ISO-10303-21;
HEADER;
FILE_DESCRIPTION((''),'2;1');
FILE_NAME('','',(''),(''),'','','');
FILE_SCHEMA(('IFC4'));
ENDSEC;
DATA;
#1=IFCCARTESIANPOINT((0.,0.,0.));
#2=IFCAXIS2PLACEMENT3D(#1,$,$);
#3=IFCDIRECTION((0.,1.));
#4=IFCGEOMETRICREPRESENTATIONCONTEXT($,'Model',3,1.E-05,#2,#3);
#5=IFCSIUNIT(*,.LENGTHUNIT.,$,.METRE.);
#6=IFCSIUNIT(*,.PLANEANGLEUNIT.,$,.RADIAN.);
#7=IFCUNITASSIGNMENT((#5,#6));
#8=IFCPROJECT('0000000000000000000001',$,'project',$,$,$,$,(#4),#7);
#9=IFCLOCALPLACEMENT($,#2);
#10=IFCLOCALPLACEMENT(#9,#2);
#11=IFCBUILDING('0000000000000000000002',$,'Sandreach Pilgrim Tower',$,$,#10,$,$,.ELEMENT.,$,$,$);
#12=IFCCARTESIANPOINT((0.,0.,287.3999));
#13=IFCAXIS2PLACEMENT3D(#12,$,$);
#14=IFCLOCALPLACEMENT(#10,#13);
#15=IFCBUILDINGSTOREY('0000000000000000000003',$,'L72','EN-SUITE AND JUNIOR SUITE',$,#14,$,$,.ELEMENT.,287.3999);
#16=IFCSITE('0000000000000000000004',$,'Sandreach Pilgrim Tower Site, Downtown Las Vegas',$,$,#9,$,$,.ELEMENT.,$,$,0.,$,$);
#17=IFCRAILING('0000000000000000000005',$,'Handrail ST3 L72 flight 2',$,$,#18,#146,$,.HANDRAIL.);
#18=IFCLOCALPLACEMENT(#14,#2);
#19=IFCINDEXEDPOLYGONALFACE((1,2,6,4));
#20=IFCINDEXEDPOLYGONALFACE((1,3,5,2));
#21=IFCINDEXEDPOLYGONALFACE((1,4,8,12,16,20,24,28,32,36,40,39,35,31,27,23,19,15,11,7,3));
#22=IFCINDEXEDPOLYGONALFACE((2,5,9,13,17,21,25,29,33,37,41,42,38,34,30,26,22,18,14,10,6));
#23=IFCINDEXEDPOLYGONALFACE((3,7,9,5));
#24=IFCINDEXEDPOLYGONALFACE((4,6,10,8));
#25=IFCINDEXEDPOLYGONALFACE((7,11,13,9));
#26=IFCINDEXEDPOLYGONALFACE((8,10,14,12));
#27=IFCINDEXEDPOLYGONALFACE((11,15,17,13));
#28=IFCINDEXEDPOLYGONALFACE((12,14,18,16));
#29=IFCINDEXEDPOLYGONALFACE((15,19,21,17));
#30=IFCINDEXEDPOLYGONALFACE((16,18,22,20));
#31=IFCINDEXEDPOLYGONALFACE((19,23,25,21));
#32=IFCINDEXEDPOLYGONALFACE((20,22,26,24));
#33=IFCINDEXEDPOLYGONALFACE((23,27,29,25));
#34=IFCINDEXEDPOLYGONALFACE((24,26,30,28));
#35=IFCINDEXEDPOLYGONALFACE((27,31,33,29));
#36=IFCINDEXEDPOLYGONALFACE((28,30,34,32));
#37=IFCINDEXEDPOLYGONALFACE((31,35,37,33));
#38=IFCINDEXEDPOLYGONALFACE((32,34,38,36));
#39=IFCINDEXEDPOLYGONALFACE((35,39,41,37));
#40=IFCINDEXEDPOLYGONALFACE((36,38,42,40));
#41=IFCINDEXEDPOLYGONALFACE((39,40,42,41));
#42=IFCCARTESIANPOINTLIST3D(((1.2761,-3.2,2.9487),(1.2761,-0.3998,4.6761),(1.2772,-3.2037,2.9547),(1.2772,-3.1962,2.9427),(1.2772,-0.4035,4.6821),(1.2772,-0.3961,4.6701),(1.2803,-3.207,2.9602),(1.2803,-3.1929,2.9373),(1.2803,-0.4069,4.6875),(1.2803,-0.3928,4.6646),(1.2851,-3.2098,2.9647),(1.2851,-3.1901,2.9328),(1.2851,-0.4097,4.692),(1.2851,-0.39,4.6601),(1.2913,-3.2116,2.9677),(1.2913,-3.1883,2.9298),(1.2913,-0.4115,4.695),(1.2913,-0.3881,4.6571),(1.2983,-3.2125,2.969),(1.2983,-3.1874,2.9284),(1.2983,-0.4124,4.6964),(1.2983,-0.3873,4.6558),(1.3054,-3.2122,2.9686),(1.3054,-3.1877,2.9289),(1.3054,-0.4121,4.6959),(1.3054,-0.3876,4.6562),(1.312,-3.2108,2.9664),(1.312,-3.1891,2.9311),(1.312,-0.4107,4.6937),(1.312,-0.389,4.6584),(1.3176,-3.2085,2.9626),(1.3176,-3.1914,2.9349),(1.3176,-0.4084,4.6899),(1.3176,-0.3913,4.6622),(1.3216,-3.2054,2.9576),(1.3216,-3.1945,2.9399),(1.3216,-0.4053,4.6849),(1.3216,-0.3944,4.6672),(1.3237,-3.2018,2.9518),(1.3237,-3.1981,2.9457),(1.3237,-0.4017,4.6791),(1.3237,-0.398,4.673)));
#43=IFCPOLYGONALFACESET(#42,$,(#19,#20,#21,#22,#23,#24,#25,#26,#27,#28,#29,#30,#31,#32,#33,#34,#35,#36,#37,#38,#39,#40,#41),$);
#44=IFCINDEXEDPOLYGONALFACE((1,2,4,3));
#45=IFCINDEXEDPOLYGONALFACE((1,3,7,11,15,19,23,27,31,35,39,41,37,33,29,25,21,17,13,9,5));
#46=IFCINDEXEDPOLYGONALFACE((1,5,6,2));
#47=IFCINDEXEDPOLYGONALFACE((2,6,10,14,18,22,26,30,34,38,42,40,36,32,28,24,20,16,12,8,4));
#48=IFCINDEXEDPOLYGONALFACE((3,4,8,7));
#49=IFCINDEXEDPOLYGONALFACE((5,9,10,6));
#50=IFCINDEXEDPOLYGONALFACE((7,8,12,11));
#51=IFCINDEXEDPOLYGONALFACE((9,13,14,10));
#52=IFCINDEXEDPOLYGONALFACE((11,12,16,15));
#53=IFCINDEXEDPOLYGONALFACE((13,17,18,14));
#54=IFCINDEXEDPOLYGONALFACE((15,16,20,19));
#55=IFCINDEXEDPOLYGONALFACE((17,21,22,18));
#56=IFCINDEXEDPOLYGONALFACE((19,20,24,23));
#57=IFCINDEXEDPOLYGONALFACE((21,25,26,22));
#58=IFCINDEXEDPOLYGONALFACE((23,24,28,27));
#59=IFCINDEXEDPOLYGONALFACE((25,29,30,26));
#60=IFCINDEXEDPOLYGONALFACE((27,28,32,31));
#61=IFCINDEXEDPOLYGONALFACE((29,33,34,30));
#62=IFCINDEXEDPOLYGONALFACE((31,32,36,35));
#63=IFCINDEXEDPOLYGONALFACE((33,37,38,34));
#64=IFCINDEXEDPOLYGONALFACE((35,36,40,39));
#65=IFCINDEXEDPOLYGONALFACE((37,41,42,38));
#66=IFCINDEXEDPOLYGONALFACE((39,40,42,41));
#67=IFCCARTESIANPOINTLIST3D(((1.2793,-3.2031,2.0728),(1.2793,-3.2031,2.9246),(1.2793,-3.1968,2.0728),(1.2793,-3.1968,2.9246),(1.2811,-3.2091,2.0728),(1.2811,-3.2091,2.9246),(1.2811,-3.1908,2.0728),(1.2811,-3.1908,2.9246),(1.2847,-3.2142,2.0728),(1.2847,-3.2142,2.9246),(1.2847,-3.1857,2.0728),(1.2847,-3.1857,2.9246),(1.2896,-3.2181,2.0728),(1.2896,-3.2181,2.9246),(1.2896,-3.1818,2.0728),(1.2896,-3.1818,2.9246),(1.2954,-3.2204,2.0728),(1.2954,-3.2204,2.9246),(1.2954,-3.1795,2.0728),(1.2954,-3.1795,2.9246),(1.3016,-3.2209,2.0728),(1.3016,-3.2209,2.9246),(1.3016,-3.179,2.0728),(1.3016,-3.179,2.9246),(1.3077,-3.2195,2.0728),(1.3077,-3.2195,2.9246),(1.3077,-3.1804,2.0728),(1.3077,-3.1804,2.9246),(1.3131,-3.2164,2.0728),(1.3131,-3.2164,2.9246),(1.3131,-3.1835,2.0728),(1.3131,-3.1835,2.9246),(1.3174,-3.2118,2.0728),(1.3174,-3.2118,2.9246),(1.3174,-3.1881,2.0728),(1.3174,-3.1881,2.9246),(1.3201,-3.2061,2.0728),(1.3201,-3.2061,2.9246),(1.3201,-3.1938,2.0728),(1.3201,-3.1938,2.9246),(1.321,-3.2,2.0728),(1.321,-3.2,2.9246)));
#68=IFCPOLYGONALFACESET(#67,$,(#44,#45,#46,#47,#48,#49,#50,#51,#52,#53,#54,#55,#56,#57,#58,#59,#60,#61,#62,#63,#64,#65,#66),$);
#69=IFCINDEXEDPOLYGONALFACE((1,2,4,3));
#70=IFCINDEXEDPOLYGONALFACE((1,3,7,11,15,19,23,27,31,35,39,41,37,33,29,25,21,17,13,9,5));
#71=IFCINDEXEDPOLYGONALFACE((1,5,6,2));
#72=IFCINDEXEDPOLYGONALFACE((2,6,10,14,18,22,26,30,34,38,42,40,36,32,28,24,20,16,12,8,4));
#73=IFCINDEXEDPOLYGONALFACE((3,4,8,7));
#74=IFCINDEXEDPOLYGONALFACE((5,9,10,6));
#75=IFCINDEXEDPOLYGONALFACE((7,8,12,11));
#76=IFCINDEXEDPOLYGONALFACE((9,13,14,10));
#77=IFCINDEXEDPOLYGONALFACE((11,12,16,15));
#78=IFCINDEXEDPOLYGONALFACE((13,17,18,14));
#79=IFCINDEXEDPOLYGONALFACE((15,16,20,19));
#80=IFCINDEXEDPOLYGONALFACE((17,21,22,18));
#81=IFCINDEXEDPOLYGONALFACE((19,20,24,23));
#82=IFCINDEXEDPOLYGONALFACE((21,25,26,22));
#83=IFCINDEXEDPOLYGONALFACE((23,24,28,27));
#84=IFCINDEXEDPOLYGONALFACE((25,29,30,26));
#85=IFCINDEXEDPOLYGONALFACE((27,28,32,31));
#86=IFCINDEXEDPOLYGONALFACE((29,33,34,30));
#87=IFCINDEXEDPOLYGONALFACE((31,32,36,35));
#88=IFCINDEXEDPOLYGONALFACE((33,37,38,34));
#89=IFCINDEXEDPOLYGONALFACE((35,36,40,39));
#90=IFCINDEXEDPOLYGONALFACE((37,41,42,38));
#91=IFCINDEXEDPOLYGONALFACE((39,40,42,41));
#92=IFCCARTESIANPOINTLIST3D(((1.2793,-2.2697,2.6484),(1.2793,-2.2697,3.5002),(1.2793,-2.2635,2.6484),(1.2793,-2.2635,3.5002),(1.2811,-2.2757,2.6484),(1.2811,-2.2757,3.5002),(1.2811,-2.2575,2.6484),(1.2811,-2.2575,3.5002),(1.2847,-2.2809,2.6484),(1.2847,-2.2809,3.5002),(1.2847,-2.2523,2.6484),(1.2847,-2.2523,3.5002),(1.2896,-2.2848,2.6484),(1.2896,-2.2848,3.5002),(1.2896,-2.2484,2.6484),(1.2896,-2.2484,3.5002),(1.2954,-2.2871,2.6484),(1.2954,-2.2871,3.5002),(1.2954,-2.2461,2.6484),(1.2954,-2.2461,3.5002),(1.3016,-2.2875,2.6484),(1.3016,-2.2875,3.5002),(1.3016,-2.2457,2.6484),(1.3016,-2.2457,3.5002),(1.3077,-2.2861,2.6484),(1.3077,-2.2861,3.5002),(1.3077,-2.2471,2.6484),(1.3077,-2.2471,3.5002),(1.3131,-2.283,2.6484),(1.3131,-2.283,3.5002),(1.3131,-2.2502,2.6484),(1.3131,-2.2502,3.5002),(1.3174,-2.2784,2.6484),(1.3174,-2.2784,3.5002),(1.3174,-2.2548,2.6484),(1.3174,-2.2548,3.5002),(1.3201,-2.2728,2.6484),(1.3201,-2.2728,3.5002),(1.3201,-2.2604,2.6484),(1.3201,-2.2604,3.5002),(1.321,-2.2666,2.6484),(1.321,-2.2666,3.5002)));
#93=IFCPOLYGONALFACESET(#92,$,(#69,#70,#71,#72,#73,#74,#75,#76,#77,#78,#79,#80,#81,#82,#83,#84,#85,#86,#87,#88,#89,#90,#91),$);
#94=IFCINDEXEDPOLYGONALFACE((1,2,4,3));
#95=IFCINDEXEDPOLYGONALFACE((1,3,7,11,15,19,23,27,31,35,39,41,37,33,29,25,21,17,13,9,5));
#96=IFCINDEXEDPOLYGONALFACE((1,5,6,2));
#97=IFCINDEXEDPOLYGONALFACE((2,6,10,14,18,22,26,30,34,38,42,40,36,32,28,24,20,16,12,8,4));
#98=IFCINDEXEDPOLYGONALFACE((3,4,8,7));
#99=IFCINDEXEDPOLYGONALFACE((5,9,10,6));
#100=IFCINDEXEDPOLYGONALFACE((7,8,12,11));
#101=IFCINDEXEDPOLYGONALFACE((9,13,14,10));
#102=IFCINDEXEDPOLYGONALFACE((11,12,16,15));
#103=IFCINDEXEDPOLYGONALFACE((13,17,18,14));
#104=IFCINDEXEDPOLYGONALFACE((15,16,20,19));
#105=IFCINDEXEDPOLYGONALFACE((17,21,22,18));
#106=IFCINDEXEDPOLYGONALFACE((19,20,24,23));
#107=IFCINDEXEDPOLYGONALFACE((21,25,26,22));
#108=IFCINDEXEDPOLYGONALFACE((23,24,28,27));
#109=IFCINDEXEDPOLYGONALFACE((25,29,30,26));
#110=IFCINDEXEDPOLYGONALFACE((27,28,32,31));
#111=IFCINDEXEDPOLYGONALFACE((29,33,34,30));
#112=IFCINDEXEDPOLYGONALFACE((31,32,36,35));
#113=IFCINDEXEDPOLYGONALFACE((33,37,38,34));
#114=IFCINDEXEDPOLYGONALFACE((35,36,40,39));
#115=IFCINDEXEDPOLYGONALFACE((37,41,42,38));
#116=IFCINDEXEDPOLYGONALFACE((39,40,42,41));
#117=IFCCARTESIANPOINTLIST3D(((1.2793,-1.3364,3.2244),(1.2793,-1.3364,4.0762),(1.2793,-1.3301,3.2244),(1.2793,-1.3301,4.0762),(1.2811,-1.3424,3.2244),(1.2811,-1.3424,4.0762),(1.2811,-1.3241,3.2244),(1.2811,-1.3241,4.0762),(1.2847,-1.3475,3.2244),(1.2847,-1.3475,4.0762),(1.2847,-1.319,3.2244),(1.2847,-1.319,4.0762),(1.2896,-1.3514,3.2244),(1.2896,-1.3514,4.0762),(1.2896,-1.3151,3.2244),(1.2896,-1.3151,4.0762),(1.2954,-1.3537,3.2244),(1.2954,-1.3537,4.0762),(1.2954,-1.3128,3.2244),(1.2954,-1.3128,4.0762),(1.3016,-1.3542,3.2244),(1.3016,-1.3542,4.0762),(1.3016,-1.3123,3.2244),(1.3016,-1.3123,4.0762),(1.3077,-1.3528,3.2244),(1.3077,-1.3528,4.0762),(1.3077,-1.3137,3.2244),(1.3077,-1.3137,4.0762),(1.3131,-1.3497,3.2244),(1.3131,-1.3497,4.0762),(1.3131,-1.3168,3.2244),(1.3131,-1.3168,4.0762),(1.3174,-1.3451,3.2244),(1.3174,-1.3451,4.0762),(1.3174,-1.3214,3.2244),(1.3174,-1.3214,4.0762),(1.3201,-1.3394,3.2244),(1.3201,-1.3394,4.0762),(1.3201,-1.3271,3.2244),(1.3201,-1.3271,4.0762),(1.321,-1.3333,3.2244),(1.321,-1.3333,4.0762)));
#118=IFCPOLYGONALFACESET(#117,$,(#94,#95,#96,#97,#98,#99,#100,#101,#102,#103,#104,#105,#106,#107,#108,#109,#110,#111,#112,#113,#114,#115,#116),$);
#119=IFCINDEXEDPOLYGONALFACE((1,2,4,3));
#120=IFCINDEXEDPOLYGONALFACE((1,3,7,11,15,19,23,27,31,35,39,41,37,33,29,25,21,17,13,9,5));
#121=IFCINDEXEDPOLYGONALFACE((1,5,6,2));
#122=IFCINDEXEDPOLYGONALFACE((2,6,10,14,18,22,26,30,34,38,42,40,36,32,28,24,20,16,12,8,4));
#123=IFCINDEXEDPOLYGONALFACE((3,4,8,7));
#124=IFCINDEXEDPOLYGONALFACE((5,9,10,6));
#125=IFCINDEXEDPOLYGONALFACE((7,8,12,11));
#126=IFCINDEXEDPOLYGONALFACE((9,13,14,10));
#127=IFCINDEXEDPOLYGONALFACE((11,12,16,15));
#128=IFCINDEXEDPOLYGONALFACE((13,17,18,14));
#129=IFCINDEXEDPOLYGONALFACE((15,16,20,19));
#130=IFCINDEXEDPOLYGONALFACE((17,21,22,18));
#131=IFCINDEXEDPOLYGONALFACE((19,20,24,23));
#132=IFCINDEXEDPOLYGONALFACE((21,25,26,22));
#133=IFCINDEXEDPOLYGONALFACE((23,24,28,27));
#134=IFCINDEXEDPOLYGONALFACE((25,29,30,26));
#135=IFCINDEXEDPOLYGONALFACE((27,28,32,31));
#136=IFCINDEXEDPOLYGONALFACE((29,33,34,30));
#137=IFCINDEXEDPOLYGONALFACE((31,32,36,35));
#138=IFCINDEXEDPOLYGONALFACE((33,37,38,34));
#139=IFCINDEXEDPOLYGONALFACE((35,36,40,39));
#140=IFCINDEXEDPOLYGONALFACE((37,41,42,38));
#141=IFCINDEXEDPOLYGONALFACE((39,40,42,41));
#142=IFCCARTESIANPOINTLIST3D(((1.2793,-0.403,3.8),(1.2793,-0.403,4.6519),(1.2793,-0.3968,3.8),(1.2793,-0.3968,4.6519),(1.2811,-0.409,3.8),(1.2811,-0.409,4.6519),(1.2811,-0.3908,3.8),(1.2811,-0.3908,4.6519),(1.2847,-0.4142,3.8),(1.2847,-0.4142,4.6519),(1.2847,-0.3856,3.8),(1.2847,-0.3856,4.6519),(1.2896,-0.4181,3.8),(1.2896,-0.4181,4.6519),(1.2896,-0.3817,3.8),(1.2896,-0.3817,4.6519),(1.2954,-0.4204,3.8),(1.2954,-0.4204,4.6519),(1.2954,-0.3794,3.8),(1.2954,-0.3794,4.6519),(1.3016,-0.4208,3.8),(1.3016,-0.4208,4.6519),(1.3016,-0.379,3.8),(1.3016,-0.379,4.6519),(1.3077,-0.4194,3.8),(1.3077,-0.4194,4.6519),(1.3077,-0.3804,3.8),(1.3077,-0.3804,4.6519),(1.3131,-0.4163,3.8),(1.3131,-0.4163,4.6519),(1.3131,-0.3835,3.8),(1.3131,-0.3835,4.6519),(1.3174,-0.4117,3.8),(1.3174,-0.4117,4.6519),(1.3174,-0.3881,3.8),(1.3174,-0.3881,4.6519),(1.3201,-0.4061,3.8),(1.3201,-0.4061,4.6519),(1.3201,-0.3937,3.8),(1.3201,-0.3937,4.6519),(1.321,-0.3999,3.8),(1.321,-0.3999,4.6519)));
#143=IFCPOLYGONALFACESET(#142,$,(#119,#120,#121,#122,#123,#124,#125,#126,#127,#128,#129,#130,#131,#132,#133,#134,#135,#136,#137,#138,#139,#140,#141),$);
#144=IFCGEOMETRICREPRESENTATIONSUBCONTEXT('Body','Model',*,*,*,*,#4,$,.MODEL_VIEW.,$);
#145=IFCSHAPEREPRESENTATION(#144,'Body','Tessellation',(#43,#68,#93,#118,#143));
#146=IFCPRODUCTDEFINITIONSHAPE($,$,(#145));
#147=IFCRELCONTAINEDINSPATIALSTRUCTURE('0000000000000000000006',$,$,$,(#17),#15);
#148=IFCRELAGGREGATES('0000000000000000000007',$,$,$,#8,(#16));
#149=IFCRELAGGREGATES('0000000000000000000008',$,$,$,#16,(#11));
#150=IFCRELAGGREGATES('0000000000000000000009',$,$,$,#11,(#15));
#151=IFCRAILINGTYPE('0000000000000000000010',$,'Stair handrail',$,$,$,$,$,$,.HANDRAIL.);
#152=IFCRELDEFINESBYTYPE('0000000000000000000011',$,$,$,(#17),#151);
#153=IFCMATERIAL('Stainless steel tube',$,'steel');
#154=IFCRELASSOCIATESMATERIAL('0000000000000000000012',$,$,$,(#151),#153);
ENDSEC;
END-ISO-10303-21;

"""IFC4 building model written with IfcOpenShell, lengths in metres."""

from ifc_helpers import new_model, si_unit, direction, frame, origin, origin_2d, place, context, subcontext, project, spatial, circle, extrude, material, type_object, element, save


model = new_model("IFC4")

# Units and contexts
model_context = context("Model", 3, precision=1e-05, world=origin(), true_north=direction((0.0, 1.0)))
body_context = subcontext(model_context, "Body", "Model", "MODEL_VIEW")
ifc_project = project(units=[si_unit("LENGTHUNIT", "METRE"), si_unit("PLANEANGLEUNIT", "RADIAN")], contexts=[model_context])

# Site, building, storey
site_placement = place(None, origin())
site = spatial("IfcSite", under=ifc_project, at=site_placement, Name="Sandreach Pilgrim Tower Site, Downtown Las Vegas", CompositionType="ELEMENT", RefElevation=0.0)
building_placement = place(site_placement, origin())
building = spatial("IfcBuilding", under=site, at=building_placement, Name="Sandreach Pilgrim Tower", CompositionType="ELEMENT")
storey_placement = place(building_placement, frame((0.0, 0.0, 287.3999)))
storey = spatial("IfcBuildingStorey", under=building, at=storey_placement, Name="L72", Description="EN-SUITE AND JUNIOR SUITE", CompositionType="ELEMENT", Elevation=287.3999)

# Railing
ifc_material_1 = material(Name="Stainless steel tube", Category="steel")
railing_type = type_object("IfcRailingType", Name="Stair handrail", PredefinedType="HANDRAIL", material=ifc_material_1)
for number, where, name in (
    (1, (1.3, -3.2, 2.0728), "Handrail ST3 L72 flight 2"),
):
    element("IfcRailing", number, at=place(storey_placement, frame(where)), inside=storey, type_object=railing_type, Name=name, PredefinedType="HANDRAIL", context=body_context, shape_type="SweptSolid", body=[
        extrude(circle(Radius=0.0239, at=origin_2d()), frame((0.0, 0.0, 0.876), z_axis=(0.0, 0.85109, 0.52502), x_axis=(-1.0, 0.0, 0.0)), (0.0, 0.0, 1.0), 3.29),
        extrude(circle(Radius=0.021, at=origin_2d()), origin(), (0.0, 0.0, 1.0), 0.8518),
        extrude(circle(Radius=0.021, at=origin_2d()), frame((0.0, 0.9333, 0.5757)), (0.0, 0.0, 1.0), 0.8518),
        extrude(circle(Radius=0.021, at=origin_2d()), frame((0.0, 1.8667, 1.1516)), (0.0, 0.0, 1.0), 0.8518),
        extrude(circle(Radius=0.021, at=origin_2d()), frame((0.0, 2.8, 1.7273)), (0.0, 0.0, 1.0), 0.8518),
    ])

save(model, "model.ifc")
